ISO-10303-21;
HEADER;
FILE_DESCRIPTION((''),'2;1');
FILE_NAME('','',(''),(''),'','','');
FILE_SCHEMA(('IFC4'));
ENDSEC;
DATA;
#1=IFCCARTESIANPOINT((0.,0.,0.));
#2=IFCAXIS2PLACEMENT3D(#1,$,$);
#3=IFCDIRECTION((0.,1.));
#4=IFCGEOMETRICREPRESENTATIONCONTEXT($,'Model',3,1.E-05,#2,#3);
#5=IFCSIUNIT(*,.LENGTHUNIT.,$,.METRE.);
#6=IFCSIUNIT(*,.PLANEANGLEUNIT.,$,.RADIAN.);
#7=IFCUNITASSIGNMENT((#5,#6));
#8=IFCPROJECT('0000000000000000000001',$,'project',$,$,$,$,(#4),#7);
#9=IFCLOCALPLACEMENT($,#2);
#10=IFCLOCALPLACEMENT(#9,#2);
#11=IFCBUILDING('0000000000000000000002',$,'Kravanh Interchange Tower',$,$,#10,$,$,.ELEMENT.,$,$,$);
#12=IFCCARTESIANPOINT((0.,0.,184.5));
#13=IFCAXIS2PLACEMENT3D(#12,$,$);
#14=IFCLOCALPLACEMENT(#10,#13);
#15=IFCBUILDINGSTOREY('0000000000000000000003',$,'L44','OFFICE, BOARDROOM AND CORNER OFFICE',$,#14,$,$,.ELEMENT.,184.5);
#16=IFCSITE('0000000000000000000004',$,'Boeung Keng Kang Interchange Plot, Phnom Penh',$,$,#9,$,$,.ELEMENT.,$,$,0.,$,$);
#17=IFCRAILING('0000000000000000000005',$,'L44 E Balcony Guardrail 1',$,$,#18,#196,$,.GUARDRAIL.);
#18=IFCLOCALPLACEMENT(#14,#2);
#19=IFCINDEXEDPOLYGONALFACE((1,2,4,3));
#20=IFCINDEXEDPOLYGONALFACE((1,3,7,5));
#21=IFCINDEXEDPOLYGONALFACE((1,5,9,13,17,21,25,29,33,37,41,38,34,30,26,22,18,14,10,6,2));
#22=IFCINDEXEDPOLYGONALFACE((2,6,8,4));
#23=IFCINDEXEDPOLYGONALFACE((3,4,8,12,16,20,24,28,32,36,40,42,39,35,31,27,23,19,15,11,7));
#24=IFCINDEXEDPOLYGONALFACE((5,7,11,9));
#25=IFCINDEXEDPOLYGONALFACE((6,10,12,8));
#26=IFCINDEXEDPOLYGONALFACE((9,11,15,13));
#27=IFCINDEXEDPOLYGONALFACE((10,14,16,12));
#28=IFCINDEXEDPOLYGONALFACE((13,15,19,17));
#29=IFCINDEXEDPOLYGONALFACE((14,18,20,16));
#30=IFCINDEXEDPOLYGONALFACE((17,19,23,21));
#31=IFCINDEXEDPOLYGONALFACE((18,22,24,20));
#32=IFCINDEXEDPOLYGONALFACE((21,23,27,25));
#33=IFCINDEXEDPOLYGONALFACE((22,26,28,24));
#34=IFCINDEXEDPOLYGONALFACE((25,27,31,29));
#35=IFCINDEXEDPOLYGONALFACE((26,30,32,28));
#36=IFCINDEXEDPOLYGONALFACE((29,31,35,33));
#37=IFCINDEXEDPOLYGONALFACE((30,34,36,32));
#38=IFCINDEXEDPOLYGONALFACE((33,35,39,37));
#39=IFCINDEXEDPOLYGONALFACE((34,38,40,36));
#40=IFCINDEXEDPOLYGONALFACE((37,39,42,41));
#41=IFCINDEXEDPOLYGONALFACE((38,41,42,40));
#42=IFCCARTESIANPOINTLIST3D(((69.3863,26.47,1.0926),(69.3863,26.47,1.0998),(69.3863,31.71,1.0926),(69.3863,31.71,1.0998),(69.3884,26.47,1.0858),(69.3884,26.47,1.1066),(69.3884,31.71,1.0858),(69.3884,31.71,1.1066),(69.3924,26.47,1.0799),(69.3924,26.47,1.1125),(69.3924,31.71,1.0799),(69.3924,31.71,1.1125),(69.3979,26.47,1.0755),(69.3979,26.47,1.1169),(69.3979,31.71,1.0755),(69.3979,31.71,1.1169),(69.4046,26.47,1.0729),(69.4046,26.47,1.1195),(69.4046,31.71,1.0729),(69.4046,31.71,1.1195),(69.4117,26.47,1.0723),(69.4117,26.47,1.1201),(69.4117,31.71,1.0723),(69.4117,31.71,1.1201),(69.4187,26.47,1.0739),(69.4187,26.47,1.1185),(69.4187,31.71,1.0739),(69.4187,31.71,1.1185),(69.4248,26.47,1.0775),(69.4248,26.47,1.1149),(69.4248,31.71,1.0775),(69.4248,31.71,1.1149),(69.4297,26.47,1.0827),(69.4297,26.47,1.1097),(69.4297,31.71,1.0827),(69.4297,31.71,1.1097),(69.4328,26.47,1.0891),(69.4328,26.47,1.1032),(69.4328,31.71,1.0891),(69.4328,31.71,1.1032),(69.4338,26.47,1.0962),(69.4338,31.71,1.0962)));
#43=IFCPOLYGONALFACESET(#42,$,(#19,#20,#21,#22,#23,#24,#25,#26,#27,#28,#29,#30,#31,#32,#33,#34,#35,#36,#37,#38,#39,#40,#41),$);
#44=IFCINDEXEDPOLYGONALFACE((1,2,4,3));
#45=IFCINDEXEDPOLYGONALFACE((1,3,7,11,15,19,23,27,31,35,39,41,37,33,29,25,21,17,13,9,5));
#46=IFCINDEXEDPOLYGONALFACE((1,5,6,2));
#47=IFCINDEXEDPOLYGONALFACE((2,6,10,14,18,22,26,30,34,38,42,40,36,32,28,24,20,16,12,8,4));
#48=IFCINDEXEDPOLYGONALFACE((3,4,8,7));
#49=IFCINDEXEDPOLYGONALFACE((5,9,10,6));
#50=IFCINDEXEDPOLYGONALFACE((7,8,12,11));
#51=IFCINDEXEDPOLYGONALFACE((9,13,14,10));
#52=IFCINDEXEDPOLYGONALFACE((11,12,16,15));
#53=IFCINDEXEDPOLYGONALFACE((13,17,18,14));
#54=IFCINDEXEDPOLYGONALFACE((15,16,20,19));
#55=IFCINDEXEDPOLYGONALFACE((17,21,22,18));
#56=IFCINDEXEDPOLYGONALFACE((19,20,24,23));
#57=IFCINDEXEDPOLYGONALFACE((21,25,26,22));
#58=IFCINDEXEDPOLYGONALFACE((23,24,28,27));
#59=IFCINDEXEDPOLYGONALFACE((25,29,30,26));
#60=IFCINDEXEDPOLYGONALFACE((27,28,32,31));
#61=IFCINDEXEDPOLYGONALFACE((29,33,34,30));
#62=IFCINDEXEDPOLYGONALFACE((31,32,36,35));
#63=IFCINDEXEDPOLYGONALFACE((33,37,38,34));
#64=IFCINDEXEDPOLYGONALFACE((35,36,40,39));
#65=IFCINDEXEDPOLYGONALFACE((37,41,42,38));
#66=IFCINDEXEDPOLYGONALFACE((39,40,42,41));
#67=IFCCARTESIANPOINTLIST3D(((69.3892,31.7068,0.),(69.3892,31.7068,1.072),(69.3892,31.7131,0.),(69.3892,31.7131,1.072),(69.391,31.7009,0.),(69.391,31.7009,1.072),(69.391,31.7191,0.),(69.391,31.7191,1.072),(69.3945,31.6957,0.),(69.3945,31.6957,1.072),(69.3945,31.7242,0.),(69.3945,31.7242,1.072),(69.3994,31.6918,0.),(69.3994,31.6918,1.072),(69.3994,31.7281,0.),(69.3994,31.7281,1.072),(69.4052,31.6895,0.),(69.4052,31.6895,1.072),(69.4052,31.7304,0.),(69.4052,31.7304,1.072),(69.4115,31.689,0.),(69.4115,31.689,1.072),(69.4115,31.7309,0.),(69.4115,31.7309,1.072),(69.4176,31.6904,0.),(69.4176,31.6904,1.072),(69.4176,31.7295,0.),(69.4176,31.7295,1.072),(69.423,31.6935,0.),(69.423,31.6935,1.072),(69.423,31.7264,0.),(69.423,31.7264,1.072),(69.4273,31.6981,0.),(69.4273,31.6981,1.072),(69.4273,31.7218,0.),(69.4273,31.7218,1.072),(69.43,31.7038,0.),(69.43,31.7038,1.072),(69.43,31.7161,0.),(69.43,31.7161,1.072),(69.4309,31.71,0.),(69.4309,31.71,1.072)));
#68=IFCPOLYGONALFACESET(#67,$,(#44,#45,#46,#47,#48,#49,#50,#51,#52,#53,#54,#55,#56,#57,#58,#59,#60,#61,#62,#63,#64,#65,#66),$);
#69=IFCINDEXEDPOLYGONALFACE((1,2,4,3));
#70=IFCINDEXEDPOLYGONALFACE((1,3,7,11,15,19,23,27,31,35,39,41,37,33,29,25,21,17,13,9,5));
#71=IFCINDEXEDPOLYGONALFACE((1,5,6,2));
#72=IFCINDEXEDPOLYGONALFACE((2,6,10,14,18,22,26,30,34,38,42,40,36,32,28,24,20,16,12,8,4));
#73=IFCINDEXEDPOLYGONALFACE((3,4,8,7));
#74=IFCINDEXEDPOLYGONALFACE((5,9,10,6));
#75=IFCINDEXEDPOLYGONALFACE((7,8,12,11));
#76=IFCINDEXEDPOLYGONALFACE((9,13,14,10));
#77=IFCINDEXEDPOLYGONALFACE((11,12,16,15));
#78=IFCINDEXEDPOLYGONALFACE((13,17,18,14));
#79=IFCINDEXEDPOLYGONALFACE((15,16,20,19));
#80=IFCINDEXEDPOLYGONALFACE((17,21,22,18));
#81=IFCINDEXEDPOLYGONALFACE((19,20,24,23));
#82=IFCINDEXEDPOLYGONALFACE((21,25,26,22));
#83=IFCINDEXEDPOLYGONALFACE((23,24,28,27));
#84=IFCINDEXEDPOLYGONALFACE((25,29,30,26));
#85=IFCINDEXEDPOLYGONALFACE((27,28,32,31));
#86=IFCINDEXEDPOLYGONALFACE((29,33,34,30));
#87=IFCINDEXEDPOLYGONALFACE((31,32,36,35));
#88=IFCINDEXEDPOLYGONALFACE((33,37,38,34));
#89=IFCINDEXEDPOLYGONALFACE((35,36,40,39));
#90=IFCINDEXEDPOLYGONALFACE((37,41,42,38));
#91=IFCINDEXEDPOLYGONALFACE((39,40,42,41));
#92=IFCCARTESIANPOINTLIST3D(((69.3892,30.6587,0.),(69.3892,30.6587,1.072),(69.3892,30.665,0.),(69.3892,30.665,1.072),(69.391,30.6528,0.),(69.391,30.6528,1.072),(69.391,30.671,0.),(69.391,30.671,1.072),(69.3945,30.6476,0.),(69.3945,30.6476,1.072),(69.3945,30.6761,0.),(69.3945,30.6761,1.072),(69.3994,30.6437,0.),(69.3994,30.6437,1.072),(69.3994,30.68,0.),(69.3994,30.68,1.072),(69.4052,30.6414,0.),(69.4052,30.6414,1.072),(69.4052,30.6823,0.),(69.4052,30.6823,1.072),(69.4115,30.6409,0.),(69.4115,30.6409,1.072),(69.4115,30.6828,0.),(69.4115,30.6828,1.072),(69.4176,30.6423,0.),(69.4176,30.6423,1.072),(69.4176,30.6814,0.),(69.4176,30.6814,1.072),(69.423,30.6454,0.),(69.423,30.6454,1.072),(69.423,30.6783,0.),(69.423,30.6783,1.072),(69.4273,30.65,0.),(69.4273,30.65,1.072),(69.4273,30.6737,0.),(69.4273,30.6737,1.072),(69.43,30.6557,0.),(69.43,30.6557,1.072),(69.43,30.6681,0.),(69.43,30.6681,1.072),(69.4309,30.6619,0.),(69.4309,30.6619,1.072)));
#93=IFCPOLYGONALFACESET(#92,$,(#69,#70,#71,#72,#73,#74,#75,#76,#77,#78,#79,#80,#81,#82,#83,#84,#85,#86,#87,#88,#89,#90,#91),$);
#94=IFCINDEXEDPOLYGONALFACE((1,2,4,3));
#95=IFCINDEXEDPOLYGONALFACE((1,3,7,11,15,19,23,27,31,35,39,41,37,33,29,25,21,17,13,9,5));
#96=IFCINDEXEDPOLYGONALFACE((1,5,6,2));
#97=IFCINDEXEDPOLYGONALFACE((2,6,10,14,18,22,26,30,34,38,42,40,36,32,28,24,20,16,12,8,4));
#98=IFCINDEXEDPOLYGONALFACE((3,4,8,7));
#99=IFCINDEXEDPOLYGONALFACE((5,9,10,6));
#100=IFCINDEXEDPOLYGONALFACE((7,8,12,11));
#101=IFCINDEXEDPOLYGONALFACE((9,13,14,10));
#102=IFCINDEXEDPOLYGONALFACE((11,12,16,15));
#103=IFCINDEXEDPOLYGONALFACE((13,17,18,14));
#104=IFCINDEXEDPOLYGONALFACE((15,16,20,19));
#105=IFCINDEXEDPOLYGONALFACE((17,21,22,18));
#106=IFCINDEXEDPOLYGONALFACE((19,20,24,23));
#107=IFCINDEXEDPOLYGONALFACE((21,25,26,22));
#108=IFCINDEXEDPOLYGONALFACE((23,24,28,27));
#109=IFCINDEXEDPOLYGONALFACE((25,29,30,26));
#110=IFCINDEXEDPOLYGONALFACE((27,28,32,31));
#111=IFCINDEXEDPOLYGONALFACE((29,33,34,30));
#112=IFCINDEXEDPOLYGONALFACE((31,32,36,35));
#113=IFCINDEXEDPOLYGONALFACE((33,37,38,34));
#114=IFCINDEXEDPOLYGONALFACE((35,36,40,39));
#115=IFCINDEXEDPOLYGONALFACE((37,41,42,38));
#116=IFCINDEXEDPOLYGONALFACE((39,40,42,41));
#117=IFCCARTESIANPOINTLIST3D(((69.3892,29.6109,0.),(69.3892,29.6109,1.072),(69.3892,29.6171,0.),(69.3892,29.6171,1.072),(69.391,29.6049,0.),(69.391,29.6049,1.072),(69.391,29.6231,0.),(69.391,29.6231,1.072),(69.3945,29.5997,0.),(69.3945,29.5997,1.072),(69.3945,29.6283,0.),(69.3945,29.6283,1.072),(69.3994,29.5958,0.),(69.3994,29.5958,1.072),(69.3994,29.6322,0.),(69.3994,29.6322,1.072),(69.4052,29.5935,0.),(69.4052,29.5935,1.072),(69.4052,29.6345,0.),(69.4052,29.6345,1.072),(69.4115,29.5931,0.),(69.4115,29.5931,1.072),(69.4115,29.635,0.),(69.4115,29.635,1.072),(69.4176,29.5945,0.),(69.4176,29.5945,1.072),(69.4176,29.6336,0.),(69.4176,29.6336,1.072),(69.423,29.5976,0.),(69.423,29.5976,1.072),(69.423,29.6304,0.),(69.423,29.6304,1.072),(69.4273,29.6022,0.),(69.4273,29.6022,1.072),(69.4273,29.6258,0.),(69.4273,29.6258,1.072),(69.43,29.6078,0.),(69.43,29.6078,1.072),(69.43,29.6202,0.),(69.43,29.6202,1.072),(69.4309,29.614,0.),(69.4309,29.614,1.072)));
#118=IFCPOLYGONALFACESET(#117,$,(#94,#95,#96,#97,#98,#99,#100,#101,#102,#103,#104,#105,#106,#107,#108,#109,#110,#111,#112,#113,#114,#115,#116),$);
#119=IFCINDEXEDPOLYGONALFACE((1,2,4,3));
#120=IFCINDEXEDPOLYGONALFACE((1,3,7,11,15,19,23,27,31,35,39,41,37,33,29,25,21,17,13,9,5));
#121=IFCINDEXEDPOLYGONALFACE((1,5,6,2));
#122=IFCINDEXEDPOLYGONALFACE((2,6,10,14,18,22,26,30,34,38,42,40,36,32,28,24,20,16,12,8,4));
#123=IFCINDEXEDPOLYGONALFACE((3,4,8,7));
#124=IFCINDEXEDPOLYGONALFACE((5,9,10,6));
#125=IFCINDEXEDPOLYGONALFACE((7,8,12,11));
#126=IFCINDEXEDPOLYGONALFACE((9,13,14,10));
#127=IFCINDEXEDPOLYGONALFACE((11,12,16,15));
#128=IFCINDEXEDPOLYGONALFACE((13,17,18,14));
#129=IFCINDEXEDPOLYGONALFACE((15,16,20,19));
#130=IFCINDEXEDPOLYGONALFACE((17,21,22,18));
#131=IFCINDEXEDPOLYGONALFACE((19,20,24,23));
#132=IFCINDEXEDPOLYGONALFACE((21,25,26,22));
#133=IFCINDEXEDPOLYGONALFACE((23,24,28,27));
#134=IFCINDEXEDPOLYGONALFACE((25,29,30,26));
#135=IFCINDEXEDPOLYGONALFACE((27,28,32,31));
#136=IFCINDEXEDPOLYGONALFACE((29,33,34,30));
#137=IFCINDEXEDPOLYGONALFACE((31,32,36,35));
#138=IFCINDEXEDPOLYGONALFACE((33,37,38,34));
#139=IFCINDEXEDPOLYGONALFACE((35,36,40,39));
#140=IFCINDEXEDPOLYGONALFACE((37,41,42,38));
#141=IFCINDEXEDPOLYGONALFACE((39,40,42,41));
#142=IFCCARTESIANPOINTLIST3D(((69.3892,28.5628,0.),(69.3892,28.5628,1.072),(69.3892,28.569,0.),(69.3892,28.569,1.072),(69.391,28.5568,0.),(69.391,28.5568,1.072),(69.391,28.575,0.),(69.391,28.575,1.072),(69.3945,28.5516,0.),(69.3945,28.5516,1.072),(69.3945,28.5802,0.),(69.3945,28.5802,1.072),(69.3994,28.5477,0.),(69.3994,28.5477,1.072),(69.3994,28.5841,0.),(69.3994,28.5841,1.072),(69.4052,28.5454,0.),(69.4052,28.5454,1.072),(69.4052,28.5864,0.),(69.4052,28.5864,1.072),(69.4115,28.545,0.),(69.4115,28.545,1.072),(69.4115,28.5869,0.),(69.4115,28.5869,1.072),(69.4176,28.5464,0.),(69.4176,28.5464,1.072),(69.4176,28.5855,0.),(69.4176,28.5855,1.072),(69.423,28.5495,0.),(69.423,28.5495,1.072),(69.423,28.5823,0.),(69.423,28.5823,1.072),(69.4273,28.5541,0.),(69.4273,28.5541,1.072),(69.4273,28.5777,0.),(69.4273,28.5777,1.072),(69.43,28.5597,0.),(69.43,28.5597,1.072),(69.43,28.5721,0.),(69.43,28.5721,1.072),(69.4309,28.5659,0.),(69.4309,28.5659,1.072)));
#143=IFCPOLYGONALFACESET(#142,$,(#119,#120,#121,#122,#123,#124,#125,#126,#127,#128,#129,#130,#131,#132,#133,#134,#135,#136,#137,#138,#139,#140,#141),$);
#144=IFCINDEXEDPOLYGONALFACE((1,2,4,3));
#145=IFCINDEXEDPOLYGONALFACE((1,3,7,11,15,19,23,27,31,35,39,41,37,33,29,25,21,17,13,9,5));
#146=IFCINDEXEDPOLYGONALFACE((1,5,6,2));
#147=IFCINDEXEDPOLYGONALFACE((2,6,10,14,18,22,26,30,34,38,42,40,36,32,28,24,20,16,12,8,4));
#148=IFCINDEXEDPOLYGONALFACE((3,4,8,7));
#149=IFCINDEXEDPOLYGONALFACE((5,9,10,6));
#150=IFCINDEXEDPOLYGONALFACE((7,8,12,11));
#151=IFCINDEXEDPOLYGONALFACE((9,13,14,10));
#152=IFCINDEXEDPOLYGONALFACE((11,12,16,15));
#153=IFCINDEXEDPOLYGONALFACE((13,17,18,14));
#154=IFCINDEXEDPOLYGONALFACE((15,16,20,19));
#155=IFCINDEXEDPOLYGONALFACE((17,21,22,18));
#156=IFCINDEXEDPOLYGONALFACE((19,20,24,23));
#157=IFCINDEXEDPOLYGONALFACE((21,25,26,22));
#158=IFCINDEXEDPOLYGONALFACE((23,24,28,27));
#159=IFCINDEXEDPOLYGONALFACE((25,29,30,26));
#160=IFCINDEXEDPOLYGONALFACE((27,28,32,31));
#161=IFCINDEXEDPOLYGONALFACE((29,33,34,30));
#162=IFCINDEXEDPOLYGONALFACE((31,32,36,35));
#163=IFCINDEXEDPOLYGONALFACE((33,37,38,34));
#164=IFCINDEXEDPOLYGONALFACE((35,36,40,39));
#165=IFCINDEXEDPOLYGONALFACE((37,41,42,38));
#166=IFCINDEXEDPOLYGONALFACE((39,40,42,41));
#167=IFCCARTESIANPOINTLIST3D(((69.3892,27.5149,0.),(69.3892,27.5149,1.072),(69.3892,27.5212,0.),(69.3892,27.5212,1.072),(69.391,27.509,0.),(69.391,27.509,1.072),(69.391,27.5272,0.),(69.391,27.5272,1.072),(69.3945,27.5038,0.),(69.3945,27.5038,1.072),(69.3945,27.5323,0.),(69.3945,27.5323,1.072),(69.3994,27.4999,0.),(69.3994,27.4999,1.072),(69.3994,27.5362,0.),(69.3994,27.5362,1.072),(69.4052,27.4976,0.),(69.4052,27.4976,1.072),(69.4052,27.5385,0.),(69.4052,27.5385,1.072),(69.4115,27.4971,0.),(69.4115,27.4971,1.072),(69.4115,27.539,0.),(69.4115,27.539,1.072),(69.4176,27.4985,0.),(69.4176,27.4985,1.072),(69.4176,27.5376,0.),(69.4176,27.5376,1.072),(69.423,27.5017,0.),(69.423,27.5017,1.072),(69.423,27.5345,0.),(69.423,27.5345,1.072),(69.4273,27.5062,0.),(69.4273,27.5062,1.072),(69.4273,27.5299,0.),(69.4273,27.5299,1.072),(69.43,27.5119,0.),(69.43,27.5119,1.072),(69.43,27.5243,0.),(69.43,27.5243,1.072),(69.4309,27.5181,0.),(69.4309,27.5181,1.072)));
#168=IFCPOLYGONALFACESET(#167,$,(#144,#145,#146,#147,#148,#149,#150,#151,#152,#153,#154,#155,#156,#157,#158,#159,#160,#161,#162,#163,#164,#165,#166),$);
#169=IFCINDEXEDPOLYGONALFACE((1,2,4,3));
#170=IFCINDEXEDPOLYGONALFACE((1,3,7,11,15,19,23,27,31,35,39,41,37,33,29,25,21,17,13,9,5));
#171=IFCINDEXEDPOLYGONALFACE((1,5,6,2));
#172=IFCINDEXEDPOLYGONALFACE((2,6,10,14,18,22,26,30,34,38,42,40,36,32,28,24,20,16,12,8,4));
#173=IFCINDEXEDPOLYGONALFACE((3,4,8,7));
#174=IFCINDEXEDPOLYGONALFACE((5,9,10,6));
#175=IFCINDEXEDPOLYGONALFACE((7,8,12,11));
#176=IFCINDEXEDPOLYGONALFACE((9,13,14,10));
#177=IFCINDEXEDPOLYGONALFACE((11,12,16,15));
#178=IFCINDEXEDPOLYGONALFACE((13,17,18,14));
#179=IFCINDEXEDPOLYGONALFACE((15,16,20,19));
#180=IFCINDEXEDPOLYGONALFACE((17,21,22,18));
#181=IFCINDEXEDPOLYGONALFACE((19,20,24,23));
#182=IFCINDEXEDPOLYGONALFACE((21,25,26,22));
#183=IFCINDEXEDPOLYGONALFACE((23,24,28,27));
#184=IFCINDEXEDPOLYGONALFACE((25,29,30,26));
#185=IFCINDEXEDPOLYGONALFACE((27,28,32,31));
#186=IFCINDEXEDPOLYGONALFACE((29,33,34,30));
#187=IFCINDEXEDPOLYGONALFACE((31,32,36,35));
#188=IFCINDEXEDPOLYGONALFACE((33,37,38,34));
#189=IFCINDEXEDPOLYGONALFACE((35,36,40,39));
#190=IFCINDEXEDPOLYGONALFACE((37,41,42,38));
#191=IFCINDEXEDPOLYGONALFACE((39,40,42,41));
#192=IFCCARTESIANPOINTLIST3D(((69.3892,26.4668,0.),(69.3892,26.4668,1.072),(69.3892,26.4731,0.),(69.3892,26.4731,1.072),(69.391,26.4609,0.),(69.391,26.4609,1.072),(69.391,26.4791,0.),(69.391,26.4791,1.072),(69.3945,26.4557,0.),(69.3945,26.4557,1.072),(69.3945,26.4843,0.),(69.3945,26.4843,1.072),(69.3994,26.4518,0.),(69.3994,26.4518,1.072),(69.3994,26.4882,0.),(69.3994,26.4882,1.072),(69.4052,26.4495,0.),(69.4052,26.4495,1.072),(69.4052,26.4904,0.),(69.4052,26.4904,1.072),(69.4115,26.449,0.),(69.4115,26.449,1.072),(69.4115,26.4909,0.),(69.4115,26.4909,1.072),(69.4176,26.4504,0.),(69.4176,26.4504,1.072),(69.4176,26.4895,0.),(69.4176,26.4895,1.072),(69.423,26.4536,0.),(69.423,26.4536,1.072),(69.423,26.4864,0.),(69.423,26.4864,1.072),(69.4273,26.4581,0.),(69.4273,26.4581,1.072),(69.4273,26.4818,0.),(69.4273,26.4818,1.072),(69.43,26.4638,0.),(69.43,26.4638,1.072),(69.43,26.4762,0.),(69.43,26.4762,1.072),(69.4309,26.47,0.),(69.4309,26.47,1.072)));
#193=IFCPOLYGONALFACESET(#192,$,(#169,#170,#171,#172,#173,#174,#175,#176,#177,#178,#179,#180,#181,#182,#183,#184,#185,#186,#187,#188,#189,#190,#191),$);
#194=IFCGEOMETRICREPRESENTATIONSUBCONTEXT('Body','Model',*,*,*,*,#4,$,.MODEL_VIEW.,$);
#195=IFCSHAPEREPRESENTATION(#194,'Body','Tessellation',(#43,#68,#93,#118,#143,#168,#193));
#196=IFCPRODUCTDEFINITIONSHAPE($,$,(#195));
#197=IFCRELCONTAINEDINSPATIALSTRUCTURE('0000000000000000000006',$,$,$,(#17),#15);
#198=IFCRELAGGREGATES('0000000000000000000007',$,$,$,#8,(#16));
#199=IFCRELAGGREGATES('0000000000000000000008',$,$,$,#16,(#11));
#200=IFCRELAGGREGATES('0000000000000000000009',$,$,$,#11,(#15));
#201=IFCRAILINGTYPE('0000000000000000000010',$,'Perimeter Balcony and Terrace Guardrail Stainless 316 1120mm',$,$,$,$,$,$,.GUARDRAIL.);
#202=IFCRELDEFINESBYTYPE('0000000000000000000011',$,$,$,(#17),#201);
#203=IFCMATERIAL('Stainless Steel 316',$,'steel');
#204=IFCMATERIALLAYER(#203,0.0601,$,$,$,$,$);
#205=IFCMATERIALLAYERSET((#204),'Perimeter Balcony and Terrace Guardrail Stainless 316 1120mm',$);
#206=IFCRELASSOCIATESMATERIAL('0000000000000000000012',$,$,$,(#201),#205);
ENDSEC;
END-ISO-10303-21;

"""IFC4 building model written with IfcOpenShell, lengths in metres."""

from ifc_helpers import new_model, si_unit, direction, frame, origin, origin_2d, place, context, subcontext, project, spatial, circle, extrude, material, layer, layer_set, type_object, element, save


model = new_model("IFC4")

# Units and contexts
model_context = context("Model", 3, precision=1e-05, world=origin(), true_north=direction((0.0, 1.0)))
body_context = subcontext(model_context, "Body", "Model", "MODEL_VIEW")
ifc_project = project(units=[si_unit("LENGTHUNIT", "METRE"), si_unit("PLANEANGLEUNIT", "RADIAN")], contexts=[model_context])

# Site, building, storey
site_placement = place(None, origin())
site = spatial("IfcSite", under=ifc_project, at=site_placement, Name="Boeung Keng Kang Interchange Plot, Phnom Penh", CompositionType="ELEMENT", RefElevation=0.0)
building_placement = place(site_placement, origin())
building = spatial("IfcBuilding", under=site, at=building_placement, Name="Kravanh Interchange Tower", CompositionType="ELEMENT")
storey_placement = place(building_placement, frame((0.0, 0.0, 184.5)))
storey = spatial("IfcBuildingStorey", under=building, at=storey_placement, Name="L44", Description="OFFICE, BOARDROOM AND CORNER OFFICE", CompositionType="ELEMENT", Elevation=184.5)

# Railing
ifc_material_1 = material(Name="Stainless Steel 316", Category="steel")
ifc_layer_1 = layer(ifc_material_1, 0.0601)
ifc_layer_set_1 = layer_set([ifc_layer_1], Name="Perimeter Balcony and Terrace Guardrail Stainless 316 1120mm")
railing_type_1 = type_object("IfcRailingType", Name="Perimeter Balcony and Terrace Guardrail Stainless 316 1120mm", PredefinedType="GUARDRAIL", material=ifc_layer_set_1)
railing_1_placement = place(storey_placement, frame((69.4099, 31.71, 0.0)))
element("IfcRailing", 1, at=railing_1_placement, inside=storey, type_object=railing_type_1, Name="L44 E Balcony Guardrail 1", PredefinedType="GUARDRAIL", context=body_context, shape_type="SweptSolid", body=[
    extrude(circle(Radius=0.0239, at=origin_2d()), frame((0.0, 0.0, 1.0962), z_axis=(0.0, -1.0, 0.0), x_axis=(1.0, 0.0, 0.0)), (0.0, 0.0, 1.0), 5.24),
    extrude(circle(Radius=0.021, at=origin_2d()), origin(), (0.0, 0.0, 1.0), 1.072),
    extrude(circle(Radius=0.021, at=origin_2d()), frame((0.0, -1.0481, 0.0)), (0.0, 0.0, 1.0), 1.072),
    extrude(circle(Radius=0.021, at=origin_2d()), frame((0.0, -2.0959, 0.0)), (0.0, 0.0, 1.0), 1.072),
    extrude(circle(Radius=0.021, at=origin_2d()), frame((0.0, -3.144, 0.0)), (0.0, 0.0, 1.0), 1.072),
    extrude(circle(Radius=0.021, at=origin_2d()), frame((0.0, -4.1919, 0.0)), (0.0, 0.0, 1.0), 1.072),
    extrude(circle(Radius=0.021, at=origin_2d()), frame((0.0, -5.24, 0.0)), (0.0, 0.0, 1.0), 1.072),
])

save(model, "model.ifc")
